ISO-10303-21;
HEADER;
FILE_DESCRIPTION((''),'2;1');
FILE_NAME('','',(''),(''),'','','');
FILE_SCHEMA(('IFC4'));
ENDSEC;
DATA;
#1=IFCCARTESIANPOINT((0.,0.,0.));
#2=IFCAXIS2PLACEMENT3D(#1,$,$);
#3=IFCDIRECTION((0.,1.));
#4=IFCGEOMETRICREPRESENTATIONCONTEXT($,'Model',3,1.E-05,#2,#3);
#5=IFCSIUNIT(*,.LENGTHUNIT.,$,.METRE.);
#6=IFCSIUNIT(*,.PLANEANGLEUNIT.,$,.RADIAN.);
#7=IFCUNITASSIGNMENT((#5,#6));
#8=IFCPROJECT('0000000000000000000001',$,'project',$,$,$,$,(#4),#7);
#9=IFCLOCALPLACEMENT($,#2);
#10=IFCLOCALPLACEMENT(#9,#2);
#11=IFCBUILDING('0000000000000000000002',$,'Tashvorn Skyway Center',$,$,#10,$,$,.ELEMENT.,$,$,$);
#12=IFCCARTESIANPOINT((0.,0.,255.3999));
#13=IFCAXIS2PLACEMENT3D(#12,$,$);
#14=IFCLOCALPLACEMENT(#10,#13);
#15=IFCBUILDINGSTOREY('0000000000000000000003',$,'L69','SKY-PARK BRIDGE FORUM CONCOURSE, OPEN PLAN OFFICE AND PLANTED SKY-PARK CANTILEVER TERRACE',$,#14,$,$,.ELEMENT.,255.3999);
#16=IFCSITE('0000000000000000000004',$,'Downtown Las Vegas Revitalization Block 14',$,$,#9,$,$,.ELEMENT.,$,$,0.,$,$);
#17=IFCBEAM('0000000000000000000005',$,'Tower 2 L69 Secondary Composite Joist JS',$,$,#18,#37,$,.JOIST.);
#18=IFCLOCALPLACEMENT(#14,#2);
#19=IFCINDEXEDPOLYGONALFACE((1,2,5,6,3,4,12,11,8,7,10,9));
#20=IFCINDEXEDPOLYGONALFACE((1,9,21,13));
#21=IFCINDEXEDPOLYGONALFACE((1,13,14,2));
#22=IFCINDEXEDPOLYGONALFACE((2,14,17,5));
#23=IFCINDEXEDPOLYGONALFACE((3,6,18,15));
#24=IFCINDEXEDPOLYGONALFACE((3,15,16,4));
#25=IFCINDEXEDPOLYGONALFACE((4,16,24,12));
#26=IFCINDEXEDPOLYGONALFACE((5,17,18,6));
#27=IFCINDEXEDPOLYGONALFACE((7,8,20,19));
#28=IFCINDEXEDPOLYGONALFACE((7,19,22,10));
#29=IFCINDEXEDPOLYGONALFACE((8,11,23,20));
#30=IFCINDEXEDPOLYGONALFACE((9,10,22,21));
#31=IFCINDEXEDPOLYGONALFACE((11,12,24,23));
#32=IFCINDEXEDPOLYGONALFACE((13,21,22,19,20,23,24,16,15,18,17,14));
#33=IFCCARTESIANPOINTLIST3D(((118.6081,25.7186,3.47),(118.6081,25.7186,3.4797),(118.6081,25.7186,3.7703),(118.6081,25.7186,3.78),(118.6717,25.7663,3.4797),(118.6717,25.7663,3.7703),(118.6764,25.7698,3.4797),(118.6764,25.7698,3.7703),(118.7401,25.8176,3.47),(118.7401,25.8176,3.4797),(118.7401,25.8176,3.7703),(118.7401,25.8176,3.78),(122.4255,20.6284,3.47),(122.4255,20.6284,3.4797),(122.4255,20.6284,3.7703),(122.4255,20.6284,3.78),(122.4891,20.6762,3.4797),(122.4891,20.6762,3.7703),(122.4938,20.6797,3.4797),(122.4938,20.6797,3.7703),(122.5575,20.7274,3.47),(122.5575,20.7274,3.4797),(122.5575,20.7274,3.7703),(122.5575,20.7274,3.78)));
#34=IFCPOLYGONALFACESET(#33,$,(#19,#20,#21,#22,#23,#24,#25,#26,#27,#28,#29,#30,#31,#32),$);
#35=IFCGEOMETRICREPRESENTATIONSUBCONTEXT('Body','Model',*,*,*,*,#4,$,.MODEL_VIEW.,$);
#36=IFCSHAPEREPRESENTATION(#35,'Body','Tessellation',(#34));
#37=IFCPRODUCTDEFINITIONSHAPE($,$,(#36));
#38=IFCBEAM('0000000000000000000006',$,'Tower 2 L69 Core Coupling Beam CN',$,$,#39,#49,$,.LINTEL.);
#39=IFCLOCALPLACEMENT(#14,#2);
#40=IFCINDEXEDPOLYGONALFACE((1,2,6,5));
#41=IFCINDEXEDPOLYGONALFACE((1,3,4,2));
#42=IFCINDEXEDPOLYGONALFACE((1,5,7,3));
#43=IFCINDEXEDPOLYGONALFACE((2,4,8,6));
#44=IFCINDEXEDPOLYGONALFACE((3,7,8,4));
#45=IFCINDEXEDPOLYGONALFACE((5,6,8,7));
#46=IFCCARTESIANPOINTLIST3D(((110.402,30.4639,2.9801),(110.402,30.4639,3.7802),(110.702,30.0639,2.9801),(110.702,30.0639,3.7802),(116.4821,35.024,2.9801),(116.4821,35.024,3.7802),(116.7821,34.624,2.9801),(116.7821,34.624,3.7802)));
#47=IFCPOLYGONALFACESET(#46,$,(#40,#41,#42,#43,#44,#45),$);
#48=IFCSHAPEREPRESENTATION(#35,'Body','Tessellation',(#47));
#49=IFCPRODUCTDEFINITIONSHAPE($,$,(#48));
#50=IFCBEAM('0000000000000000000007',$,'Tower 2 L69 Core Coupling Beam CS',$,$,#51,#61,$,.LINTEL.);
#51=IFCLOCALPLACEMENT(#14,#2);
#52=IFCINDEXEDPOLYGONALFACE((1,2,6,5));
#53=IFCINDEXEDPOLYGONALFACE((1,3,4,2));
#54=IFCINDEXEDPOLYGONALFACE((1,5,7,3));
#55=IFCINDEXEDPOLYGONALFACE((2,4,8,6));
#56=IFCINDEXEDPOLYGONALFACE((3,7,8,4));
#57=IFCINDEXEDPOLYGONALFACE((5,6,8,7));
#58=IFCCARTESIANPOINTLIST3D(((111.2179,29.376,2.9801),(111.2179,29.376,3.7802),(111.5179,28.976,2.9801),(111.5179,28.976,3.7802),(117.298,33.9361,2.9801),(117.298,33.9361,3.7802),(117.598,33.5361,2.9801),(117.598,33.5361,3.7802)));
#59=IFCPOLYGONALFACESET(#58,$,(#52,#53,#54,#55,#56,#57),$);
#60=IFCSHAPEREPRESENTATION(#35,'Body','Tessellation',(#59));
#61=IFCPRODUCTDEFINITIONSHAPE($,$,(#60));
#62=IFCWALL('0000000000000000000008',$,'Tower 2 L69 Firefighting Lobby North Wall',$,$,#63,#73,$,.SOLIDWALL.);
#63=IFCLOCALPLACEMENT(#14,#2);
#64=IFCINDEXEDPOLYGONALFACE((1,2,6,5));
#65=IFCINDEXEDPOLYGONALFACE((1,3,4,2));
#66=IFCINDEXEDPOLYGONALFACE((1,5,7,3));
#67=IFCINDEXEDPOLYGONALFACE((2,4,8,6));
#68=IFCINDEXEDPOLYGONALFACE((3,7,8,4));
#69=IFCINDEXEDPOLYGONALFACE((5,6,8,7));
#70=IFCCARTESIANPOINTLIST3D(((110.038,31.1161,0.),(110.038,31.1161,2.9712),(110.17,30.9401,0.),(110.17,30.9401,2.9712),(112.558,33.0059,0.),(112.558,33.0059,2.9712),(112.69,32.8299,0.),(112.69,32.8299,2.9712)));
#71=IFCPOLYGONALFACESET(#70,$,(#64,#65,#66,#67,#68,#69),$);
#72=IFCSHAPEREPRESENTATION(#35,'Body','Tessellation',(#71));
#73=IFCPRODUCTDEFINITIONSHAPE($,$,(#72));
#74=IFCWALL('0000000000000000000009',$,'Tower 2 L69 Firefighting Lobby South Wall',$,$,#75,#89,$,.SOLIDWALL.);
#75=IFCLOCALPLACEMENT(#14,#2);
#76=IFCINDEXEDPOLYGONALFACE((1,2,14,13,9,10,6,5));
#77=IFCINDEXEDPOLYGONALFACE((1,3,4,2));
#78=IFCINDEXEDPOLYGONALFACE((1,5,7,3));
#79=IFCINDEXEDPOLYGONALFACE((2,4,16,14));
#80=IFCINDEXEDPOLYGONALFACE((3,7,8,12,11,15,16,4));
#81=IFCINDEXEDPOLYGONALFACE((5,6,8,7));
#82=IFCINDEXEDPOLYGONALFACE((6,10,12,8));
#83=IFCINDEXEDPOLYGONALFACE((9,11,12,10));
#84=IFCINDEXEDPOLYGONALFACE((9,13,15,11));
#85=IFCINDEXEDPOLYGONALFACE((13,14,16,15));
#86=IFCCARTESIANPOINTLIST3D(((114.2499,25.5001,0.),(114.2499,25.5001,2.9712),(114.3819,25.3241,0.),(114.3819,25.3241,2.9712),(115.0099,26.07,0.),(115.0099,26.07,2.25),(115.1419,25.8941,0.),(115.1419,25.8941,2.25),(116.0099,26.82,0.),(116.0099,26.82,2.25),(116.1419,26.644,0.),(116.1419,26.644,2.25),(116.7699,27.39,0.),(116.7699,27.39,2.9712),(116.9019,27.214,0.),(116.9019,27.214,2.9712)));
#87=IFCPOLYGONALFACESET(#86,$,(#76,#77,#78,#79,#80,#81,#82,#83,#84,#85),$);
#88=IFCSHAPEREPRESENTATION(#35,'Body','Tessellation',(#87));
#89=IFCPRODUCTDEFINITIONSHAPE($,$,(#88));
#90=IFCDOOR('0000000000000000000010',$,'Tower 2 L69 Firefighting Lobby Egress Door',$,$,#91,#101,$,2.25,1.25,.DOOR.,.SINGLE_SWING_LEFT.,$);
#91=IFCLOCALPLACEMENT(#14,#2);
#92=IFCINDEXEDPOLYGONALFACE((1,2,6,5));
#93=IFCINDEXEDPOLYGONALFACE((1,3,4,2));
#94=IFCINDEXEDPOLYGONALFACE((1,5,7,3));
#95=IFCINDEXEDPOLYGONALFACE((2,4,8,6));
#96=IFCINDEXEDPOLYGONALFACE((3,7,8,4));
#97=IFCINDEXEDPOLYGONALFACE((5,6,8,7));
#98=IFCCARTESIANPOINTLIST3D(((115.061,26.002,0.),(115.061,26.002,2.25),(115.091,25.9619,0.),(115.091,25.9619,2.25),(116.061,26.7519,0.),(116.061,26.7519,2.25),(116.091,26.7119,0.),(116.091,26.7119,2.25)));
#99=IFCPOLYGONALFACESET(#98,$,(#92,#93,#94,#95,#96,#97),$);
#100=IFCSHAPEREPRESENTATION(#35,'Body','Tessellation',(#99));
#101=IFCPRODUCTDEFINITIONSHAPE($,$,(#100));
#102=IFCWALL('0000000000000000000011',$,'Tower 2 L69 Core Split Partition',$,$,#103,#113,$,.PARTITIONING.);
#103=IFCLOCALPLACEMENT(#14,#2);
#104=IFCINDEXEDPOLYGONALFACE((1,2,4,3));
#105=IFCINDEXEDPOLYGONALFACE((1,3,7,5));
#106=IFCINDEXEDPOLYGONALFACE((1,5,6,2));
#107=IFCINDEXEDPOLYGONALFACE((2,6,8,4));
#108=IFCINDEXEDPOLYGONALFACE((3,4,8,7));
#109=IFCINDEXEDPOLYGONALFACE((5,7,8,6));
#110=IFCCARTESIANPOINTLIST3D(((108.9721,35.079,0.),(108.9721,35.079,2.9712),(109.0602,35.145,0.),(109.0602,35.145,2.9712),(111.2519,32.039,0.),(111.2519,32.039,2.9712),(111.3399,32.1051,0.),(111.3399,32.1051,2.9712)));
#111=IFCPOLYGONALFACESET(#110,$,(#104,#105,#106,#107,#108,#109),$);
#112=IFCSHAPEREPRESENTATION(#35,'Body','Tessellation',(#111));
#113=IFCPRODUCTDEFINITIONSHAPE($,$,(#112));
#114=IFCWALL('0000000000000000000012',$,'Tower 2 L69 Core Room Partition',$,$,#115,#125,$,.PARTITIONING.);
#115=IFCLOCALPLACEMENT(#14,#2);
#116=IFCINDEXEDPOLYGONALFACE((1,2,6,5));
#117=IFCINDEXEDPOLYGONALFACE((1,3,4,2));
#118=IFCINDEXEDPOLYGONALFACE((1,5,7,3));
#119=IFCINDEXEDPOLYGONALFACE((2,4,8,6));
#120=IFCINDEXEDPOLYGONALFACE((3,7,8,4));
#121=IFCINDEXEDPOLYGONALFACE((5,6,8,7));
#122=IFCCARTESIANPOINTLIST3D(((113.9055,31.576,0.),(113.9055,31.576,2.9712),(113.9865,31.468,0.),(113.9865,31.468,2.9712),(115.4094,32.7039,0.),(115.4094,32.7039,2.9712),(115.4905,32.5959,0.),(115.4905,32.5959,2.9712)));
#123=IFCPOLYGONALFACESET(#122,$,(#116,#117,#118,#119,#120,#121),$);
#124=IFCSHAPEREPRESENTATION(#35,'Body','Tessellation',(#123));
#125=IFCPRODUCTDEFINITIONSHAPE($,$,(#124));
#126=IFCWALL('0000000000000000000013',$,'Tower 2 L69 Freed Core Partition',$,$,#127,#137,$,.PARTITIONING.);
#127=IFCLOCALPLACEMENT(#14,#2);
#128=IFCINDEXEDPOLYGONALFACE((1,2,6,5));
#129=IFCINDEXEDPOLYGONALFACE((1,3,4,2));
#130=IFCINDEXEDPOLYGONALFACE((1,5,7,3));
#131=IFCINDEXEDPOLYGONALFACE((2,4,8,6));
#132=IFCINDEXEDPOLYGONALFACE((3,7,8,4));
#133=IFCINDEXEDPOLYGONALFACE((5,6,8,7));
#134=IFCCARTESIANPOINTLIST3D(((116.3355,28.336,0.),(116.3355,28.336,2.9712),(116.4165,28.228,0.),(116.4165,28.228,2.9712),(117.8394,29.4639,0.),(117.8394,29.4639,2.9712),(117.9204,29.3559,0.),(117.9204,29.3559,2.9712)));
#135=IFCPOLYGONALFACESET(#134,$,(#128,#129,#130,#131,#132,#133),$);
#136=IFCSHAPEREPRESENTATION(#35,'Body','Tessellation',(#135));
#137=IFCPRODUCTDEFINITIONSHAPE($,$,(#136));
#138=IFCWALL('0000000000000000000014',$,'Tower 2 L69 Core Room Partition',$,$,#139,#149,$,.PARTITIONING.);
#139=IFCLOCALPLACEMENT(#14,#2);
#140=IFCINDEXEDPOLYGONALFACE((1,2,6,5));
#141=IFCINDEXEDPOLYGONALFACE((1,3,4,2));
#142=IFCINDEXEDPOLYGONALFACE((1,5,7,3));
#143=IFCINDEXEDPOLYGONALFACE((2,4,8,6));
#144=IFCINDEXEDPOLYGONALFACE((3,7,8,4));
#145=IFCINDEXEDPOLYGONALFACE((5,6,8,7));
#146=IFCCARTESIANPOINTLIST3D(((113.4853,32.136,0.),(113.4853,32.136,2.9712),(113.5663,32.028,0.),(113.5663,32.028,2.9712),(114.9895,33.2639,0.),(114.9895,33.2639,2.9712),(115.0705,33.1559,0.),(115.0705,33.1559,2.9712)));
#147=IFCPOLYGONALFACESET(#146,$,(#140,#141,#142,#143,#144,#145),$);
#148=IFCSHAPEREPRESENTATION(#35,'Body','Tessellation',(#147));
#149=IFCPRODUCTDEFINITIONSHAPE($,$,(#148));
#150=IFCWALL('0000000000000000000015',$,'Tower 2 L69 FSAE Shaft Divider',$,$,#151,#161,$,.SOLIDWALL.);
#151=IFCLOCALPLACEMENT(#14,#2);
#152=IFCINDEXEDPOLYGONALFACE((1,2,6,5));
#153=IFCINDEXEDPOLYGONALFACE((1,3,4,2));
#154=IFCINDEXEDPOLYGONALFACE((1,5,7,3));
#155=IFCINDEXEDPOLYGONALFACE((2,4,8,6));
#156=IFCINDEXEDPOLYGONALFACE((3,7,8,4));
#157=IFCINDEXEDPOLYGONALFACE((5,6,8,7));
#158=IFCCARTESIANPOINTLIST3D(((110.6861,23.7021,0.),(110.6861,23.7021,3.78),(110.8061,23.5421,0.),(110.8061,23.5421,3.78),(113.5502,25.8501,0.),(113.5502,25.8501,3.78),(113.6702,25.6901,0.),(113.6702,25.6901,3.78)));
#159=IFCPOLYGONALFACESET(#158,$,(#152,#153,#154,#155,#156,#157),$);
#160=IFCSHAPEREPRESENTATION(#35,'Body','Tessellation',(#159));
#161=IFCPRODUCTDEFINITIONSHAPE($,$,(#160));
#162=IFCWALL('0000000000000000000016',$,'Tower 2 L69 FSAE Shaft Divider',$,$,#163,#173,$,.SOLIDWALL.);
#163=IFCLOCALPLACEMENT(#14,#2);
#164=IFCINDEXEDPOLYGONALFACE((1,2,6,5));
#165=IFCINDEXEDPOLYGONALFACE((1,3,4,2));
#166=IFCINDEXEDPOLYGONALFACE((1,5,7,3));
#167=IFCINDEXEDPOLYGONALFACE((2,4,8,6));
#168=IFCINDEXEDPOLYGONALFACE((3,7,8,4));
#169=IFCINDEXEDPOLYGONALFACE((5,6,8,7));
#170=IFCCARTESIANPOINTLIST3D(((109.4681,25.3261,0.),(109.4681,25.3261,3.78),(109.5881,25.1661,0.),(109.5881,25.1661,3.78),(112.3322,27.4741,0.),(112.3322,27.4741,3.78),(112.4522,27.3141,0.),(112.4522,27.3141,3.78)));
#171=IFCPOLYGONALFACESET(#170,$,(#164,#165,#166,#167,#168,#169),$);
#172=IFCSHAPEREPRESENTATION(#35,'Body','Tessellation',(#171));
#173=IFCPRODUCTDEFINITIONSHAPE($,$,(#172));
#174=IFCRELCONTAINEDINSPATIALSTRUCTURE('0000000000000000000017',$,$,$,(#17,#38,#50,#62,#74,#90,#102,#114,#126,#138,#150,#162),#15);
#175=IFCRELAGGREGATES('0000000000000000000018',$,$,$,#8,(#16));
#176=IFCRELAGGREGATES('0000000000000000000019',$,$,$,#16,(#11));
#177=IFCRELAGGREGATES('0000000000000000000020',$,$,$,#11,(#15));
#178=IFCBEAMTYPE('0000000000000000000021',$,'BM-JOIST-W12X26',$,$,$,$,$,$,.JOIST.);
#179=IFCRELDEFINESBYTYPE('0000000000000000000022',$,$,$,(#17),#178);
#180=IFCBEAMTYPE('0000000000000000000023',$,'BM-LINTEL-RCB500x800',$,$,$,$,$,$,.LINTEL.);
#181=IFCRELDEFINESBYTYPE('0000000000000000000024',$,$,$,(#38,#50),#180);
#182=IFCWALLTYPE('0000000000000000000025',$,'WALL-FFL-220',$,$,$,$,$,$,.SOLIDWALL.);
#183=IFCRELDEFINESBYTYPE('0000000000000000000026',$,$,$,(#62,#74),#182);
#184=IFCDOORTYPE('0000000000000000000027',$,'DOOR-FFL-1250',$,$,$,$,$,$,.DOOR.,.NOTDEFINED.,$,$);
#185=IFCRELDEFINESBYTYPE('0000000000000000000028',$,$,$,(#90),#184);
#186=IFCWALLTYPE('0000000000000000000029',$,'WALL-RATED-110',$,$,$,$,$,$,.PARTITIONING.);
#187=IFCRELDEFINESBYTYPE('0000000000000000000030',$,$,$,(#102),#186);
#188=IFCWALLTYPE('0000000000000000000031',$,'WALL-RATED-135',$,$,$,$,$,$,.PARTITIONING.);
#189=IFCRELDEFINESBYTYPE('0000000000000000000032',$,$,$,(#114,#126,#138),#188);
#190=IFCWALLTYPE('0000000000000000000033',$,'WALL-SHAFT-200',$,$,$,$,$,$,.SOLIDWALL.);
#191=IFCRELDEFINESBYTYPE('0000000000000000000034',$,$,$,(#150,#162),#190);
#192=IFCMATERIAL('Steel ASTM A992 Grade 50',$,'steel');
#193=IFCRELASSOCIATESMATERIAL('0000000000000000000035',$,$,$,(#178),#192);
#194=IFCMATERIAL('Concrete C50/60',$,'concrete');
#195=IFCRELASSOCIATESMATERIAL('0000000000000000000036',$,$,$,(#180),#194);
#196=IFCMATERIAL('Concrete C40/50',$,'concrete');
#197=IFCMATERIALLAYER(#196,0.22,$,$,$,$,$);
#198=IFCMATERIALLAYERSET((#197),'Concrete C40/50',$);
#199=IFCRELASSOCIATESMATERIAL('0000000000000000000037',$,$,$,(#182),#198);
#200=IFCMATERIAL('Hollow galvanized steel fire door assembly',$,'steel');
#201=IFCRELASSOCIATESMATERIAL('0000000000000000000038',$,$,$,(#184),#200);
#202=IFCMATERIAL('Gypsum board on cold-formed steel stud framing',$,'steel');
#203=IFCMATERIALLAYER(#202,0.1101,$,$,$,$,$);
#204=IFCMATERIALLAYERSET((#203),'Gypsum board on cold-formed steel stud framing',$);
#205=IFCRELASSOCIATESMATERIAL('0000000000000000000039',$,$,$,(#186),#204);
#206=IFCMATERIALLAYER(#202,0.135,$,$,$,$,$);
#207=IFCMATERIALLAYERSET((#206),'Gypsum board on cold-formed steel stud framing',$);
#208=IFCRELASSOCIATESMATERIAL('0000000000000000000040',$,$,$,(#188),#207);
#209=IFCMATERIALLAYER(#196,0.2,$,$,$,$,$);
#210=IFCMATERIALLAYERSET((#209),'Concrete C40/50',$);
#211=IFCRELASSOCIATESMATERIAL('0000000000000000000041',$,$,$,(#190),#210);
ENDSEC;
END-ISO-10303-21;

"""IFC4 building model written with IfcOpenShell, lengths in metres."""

from ifc_helpers import new_model, si_unit, direction, frame, frame_2d, origin, origin_2d, place, context, subcontext, project, spatial, rectangle, i_section, extrude, material, layer, layer_set, material_profile, profile_set, type_object, element, fill, save


model = new_model("IFC4")

# Units and contexts
model_context = context("Model", 3, precision=1e-05, world=origin(), true_north=direction((0.0, 1.0)))
body_context = subcontext(model_context, "Body", "Model", "MODEL_VIEW")
ifc_project = project(units=[si_unit("LENGTHUNIT", "METRE"), si_unit("PLANEANGLEUNIT", "RADIAN")], contexts=[model_context])

# Site, building, storey
site_placement = place(None, origin())
site = spatial("IfcSite", under=ifc_project, at=site_placement, Name="Downtown Las Vegas Revitalization Block 14", CompositionType="ELEMENT", RefElevation=0.0)
building_placement = place(site_placement, origin())
building = spatial("IfcBuilding", under=site, at=building_placement, Name="Tashvorn Skyway Center", CompositionType="ELEMENT")
storey_placement = place(building_placement, frame((0.0, 0.0, 255.3999)))
storey = spatial("IfcBuildingStorey", under=building, at=storey_placement, Name="L69", Description="SKY-PARK BRIDGE FORUM CONCOURSE, OPEN PLAN OFFICE AND PLANTED SKY-PARK CANTILEVER TERRACE", CompositionType="ELEMENT", Elevation=255.3999)

# Beams
ifc_material_1 = material(Name="Steel ASTM A992 Grade 50", Category="steel")
ifc_material_profile_1 = material_profile(ifc_material_1, i_section(OverallWidth=0.165, OverallDepth=0.3101, WebThickness=0.0059, FlangeThickness=0.0098, at=origin_2d()), Name="W12X26")
ifc_profile_set_1 = profile_set([ifc_material_profile_1], Name="Steel ASTM A992 Grade 50")
beam_type_1 = type_object("IfcBeamType", Name="BM-JOIST-W12X26", PredefinedType="JOIST", material=ifc_profile_set_1)
beam_placement = place(storey_placement, frame((118.6741, 25.7681, 3.625), z_axis=(0.599982, -0.800014, 0.0), x_axis=(0.800014, 0.599982, 0.0)))
element("IfcBeam", 1, at=beam_placement, inside=storey, type_object=beam_type_1, Name="Tower 2 L69 Secondary Composite Joist JS", PredefinedType="JOIST", context=body_context, shape_type="SweptSolid", body=[
    extrude(i_section(OverallWidth=0.165, OverallDepth=0.3101, WebThickness=0.0059, FlangeThickness=0.0098, at=origin_2d()), origin(), (0.0, 0.0, 1.0), 6.3625),
])
ifc_material_2 = material(Name="Concrete C50/60", Category="concrete")
ifc_material_profile_2 = material_profile(ifc_material_2, rectangle(XDim=0.5, YDim=0.8, at=origin_2d()), Name="RCB500x800")
ifc_profile_set_2 = profile_set([ifc_material_profile_2], Name="Concrete C50/60")
beam_type_2 = type_object("IfcBeamType", Name="BM-LINTEL-RCB500x800", PredefinedType="LINTEL", material=ifc_profile_set_2)
for number, where, z_axis, x_axis, name in (
    (2, (110.552, 30.2639, 3.3801), (0.8, 0.6, 0.0), (-0.6, 0.8, 0.0), "Tower 2 L69 Core Coupling Beam CN"),
    (3, (111.3679, 29.176, 3.3801), (0.8, 0.6, 0.0), (-0.6, 0.8, 0.0), "Tower 2 L69 Core Coupling Beam CS"),
):
    element("IfcBeam", number, at=place(storey_placement, frame(where, z_axis=z_axis, x_axis=x_axis)), inside=storey, type_object=beam_type_2, Name=name, PredefinedType="LINTEL", context=body_context, shape_type="SweptSolid", body=[
        extrude(rectangle(XDim=0.5, YDim=0.8, at=origin_2d()), origin(), (0.0, 0.0, 1.0), 7.6001),
    ])

# Wall
ifc_material_3 = material(Name="Concrete C40/50", Category="concrete")
ifc_layer_1 = layer(ifc_material_3, 0.22)
ifc_layer_set_1 = layer_set([ifc_layer_1], Name="Concrete C40/50")
wall_type_1 = type_object("IfcWallType", Name="WALL-FFL-220", PredefinedType="SOLIDWALL", material=ifc_layer_set_1)
wall_1_placement = place(storey_placement, frame((110.104, 31.0281, 0.0), z_axis=(0.0, 0.0, 1.0), x_axis=(0.800019, 0.599975, 0.0)))
element("IfcWall", 4, at=wall_1_placement, inside=storey, type_object=wall_type_1, Name="Tower 2 L69 Firefighting Lobby North Wall", PredefinedType="SOLIDWALL", context=body_context, shape_type="SweptSolid", body=[
    extrude(rectangle(XDim=3.1499, YDim=0.22, at=frame_2d((1.575, 0.0))), origin(), (0.0, 0.0, 1.0), 2.9712),
])

# Wall, opening, door
wall_2_placement = place(storey_placement, frame((114.3159, 25.4121, 0.0), z_axis=(0.0, 0.0, 1.0), x_axis=(0.800019, 0.599975, 0.0)))
wall_2 = element("IfcWall", 5, at=wall_2_placement, inside=storey, type_object=wall_type_1, Name="Tower 2 L69 Firefighting Lobby South Wall", PredefinedType="SOLIDWALL", context=body_context, shape_type="SweptSolid", body=[
    extrude(rectangle(XDim=3.1499, YDim=0.22, at=frame_2d((1.575, 0.0))), origin(), (0.0, 0.0, 1.0), 2.9712),
])
opening_1_placement = place(wall_2_placement, frame((0.95, 0.0, 0.0)))
opening_1 = element("IfcOpeningElement", 6, at=opening_1_placement, cuts=wall_2, PredefinedType="OPENING", context=body_context, shape_type="SweptSolid", body=[
    extrude(rectangle(XDim=1.25, YDim=2.25, at=frame_2d((0.625, 1.125))), frame((0.0, 0.1199, 0.0), z_axis=(0.0, -1.0, 0.0), x_axis=(1.0, 0.0, 0.0)), (0.0, 0.0, 1.0), 0.24),
])
ifc_material_4 = material(Name="Hollow galvanized steel fire door assembly", Category="steel")
door_type_1 = type_object("IfcDoorType", Name="DOOR-FFL-1250", OperationType="NOTDEFINED", PredefinedType="DOOR", material=ifc_material_4)
door_1_placement = place(opening_1_placement, origin())
door_1 = element("IfcDoor", 7, at=door_1_placement, inside=storey, type_object=door_type_1, Name="Tower 2 L69 Firefighting Lobby Egress Door", OperationType="SINGLE_SWING_LEFT", OverallHeight=2.25, OverallWidth=1.25, PredefinedType="DOOR", context=body_context, shape_type="SweptSolid", body=[
    extrude(rectangle(XDim=1.25, YDim=2.25, at=frame_2d((0.625, 1.125))), frame((0.0, 0.0249, 0.0), z_axis=(0.0, -1.0, 0.0), x_axis=(1.0, 0.0, 0.0)), (0.0, 0.0, 1.0), 0.05),
])
fill(opening_1, door_1)

# Walls
ifc_material_5 = material(Name="Gypsum board on cold-formed steel stud framing", Category="steel")
ifc_layer_2 = layer(ifc_material_5, 0.1101)
ifc_layer_set_2 = layer_set([ifc_layer_2], Name="Gypsum board on cold-formed steel stud framing")
wall_type_2 = type_object("IfcWallType", Name="WALL-RATED-110", PredefinedType="PARTITIONING", material=ifc_layer_set_2)
wall_3_placement = place(storey_placement, frame((111.2959, 32.072, 0.0), z_axis=(0.0, 0.0, 1.0), x_axis=(-0.599959, 0.800031, 0.0)))
element("IfcWall", 8, at=wall_3_placement, inside=storey, type_object=wall_type_2, Name="Tower 2 L69 Core Split Partition", PredefinedType="PARTITIONING", context=body_context, shape_type="SweptSolid", body=[
    extrude(rectangle(XDim=3.7998, YDim=0.1101, at=frame_2d((1.8999, 0.0))), origin(), (0.0, 0.0, 1.0), 2.9712),
])
ifc_layer_3 = layer(ifc_material_5, 0.135)
ifc_layer_set_3 = layer_set([ifc_layer_3], Name="Gypsum board on cold-formed steel stud framing")
wall_type_3 = type_object("IfcWallType", Name="WALL-RATED-135", PredefinedType="PARTITIONING", material=ifc_layer_set_3)
for number, where, z_axis, x_axis, name in (
    (9, (113.946, 31.522, 0.0), (0.0, 0.0, 1.0), (0.8, 0.6, 0.0), "Tower 2 L69 Core Room Partition"),
    (10, (116.376, 28.282, 0.0), (0.0, 0.0, 1.0), (0.8, 0.6, 0.0), "Tower 2 L69 Freed Core Partition"),
):
    element("IfcWall", number, at=place(storey_placement, frame(where, z_axis=z_axis, x_axis=x_axis)), inside=storey, type_object=wall_type_3, Name=name, PredefinedType="PARTITIONING", context=body_context, shape_type="SweptSolid", body=[
        extrude(rectangle(XDim=1.8799, YDim=0.135, at=frame_2d((0.9399, 0.0))), origin(), (0.0, 0.0, 1.0), 2.9712),
    ])
wall_4_placement = place(storey_placement, frame((113.5259, 32.082, 0.0), z_axis=(0.0, 0.0, 1.0), x_axis=(0.800047, 0.599938, 0.0)))
element("IfcWall", 11, at=wall_4_placement, inside=storey, type_object=wall_type_3, Name="Tower 2 L69 Core Room Partition", PredefinedType="PARTITIONING", context=body_context, shape_type="SweptSolid", body=[
    extrude(rectangle(XDim=1.8801, YDim=0.135, at=frame_2d((0.9399, 0.0))), origin(), (0.0, 0.0, 1.0), 2.9712),
])
ifc_layer_4 = layer(ifc_material_3, 0.2)
ifc_layer_set_4 = layer_set([ifc_layer_4], Name="Concrete C40/50")
wall_type_4 = type_object("IfcWallType", Name="WALL-SHAFT-200", PredefinedType="SOLIDWALL", material=ifc_layer_set_4)
for number, where, z_axis, x_axis, name in (
    (12, (110.7461, 23.6221, 0.0), (0.0, 0.0, 1.0), (0.800008, 0.599989, 0.0), "Tower 2 L69 FSAE Shaft Divider"),
    (13, (109.5281, 25.2461, 0.0), (0.0, 0.0, 1.0), (0.800008, 0.599989, 0.0), "Tower 2 L69 FSAE Shaft Divider"),
):
    element("IfcWall", number, at=place(storey_placement, frame(where, z_axis=z_axis, x_axis=x_axis)), inside=storey, type_object=wall_type_4, Name=name, PredefinedType="SOLIDWALL", context=body_context, shape_type="SweptSolid", body=[
        extrude(rectangle(XDim=3.5801, YDim=0.2, at=frame_2d((1.79, 0.0))), origin(), (0.0, 0.0, 1.0), 3.78),
    ])

save(model, "model.ifc")
